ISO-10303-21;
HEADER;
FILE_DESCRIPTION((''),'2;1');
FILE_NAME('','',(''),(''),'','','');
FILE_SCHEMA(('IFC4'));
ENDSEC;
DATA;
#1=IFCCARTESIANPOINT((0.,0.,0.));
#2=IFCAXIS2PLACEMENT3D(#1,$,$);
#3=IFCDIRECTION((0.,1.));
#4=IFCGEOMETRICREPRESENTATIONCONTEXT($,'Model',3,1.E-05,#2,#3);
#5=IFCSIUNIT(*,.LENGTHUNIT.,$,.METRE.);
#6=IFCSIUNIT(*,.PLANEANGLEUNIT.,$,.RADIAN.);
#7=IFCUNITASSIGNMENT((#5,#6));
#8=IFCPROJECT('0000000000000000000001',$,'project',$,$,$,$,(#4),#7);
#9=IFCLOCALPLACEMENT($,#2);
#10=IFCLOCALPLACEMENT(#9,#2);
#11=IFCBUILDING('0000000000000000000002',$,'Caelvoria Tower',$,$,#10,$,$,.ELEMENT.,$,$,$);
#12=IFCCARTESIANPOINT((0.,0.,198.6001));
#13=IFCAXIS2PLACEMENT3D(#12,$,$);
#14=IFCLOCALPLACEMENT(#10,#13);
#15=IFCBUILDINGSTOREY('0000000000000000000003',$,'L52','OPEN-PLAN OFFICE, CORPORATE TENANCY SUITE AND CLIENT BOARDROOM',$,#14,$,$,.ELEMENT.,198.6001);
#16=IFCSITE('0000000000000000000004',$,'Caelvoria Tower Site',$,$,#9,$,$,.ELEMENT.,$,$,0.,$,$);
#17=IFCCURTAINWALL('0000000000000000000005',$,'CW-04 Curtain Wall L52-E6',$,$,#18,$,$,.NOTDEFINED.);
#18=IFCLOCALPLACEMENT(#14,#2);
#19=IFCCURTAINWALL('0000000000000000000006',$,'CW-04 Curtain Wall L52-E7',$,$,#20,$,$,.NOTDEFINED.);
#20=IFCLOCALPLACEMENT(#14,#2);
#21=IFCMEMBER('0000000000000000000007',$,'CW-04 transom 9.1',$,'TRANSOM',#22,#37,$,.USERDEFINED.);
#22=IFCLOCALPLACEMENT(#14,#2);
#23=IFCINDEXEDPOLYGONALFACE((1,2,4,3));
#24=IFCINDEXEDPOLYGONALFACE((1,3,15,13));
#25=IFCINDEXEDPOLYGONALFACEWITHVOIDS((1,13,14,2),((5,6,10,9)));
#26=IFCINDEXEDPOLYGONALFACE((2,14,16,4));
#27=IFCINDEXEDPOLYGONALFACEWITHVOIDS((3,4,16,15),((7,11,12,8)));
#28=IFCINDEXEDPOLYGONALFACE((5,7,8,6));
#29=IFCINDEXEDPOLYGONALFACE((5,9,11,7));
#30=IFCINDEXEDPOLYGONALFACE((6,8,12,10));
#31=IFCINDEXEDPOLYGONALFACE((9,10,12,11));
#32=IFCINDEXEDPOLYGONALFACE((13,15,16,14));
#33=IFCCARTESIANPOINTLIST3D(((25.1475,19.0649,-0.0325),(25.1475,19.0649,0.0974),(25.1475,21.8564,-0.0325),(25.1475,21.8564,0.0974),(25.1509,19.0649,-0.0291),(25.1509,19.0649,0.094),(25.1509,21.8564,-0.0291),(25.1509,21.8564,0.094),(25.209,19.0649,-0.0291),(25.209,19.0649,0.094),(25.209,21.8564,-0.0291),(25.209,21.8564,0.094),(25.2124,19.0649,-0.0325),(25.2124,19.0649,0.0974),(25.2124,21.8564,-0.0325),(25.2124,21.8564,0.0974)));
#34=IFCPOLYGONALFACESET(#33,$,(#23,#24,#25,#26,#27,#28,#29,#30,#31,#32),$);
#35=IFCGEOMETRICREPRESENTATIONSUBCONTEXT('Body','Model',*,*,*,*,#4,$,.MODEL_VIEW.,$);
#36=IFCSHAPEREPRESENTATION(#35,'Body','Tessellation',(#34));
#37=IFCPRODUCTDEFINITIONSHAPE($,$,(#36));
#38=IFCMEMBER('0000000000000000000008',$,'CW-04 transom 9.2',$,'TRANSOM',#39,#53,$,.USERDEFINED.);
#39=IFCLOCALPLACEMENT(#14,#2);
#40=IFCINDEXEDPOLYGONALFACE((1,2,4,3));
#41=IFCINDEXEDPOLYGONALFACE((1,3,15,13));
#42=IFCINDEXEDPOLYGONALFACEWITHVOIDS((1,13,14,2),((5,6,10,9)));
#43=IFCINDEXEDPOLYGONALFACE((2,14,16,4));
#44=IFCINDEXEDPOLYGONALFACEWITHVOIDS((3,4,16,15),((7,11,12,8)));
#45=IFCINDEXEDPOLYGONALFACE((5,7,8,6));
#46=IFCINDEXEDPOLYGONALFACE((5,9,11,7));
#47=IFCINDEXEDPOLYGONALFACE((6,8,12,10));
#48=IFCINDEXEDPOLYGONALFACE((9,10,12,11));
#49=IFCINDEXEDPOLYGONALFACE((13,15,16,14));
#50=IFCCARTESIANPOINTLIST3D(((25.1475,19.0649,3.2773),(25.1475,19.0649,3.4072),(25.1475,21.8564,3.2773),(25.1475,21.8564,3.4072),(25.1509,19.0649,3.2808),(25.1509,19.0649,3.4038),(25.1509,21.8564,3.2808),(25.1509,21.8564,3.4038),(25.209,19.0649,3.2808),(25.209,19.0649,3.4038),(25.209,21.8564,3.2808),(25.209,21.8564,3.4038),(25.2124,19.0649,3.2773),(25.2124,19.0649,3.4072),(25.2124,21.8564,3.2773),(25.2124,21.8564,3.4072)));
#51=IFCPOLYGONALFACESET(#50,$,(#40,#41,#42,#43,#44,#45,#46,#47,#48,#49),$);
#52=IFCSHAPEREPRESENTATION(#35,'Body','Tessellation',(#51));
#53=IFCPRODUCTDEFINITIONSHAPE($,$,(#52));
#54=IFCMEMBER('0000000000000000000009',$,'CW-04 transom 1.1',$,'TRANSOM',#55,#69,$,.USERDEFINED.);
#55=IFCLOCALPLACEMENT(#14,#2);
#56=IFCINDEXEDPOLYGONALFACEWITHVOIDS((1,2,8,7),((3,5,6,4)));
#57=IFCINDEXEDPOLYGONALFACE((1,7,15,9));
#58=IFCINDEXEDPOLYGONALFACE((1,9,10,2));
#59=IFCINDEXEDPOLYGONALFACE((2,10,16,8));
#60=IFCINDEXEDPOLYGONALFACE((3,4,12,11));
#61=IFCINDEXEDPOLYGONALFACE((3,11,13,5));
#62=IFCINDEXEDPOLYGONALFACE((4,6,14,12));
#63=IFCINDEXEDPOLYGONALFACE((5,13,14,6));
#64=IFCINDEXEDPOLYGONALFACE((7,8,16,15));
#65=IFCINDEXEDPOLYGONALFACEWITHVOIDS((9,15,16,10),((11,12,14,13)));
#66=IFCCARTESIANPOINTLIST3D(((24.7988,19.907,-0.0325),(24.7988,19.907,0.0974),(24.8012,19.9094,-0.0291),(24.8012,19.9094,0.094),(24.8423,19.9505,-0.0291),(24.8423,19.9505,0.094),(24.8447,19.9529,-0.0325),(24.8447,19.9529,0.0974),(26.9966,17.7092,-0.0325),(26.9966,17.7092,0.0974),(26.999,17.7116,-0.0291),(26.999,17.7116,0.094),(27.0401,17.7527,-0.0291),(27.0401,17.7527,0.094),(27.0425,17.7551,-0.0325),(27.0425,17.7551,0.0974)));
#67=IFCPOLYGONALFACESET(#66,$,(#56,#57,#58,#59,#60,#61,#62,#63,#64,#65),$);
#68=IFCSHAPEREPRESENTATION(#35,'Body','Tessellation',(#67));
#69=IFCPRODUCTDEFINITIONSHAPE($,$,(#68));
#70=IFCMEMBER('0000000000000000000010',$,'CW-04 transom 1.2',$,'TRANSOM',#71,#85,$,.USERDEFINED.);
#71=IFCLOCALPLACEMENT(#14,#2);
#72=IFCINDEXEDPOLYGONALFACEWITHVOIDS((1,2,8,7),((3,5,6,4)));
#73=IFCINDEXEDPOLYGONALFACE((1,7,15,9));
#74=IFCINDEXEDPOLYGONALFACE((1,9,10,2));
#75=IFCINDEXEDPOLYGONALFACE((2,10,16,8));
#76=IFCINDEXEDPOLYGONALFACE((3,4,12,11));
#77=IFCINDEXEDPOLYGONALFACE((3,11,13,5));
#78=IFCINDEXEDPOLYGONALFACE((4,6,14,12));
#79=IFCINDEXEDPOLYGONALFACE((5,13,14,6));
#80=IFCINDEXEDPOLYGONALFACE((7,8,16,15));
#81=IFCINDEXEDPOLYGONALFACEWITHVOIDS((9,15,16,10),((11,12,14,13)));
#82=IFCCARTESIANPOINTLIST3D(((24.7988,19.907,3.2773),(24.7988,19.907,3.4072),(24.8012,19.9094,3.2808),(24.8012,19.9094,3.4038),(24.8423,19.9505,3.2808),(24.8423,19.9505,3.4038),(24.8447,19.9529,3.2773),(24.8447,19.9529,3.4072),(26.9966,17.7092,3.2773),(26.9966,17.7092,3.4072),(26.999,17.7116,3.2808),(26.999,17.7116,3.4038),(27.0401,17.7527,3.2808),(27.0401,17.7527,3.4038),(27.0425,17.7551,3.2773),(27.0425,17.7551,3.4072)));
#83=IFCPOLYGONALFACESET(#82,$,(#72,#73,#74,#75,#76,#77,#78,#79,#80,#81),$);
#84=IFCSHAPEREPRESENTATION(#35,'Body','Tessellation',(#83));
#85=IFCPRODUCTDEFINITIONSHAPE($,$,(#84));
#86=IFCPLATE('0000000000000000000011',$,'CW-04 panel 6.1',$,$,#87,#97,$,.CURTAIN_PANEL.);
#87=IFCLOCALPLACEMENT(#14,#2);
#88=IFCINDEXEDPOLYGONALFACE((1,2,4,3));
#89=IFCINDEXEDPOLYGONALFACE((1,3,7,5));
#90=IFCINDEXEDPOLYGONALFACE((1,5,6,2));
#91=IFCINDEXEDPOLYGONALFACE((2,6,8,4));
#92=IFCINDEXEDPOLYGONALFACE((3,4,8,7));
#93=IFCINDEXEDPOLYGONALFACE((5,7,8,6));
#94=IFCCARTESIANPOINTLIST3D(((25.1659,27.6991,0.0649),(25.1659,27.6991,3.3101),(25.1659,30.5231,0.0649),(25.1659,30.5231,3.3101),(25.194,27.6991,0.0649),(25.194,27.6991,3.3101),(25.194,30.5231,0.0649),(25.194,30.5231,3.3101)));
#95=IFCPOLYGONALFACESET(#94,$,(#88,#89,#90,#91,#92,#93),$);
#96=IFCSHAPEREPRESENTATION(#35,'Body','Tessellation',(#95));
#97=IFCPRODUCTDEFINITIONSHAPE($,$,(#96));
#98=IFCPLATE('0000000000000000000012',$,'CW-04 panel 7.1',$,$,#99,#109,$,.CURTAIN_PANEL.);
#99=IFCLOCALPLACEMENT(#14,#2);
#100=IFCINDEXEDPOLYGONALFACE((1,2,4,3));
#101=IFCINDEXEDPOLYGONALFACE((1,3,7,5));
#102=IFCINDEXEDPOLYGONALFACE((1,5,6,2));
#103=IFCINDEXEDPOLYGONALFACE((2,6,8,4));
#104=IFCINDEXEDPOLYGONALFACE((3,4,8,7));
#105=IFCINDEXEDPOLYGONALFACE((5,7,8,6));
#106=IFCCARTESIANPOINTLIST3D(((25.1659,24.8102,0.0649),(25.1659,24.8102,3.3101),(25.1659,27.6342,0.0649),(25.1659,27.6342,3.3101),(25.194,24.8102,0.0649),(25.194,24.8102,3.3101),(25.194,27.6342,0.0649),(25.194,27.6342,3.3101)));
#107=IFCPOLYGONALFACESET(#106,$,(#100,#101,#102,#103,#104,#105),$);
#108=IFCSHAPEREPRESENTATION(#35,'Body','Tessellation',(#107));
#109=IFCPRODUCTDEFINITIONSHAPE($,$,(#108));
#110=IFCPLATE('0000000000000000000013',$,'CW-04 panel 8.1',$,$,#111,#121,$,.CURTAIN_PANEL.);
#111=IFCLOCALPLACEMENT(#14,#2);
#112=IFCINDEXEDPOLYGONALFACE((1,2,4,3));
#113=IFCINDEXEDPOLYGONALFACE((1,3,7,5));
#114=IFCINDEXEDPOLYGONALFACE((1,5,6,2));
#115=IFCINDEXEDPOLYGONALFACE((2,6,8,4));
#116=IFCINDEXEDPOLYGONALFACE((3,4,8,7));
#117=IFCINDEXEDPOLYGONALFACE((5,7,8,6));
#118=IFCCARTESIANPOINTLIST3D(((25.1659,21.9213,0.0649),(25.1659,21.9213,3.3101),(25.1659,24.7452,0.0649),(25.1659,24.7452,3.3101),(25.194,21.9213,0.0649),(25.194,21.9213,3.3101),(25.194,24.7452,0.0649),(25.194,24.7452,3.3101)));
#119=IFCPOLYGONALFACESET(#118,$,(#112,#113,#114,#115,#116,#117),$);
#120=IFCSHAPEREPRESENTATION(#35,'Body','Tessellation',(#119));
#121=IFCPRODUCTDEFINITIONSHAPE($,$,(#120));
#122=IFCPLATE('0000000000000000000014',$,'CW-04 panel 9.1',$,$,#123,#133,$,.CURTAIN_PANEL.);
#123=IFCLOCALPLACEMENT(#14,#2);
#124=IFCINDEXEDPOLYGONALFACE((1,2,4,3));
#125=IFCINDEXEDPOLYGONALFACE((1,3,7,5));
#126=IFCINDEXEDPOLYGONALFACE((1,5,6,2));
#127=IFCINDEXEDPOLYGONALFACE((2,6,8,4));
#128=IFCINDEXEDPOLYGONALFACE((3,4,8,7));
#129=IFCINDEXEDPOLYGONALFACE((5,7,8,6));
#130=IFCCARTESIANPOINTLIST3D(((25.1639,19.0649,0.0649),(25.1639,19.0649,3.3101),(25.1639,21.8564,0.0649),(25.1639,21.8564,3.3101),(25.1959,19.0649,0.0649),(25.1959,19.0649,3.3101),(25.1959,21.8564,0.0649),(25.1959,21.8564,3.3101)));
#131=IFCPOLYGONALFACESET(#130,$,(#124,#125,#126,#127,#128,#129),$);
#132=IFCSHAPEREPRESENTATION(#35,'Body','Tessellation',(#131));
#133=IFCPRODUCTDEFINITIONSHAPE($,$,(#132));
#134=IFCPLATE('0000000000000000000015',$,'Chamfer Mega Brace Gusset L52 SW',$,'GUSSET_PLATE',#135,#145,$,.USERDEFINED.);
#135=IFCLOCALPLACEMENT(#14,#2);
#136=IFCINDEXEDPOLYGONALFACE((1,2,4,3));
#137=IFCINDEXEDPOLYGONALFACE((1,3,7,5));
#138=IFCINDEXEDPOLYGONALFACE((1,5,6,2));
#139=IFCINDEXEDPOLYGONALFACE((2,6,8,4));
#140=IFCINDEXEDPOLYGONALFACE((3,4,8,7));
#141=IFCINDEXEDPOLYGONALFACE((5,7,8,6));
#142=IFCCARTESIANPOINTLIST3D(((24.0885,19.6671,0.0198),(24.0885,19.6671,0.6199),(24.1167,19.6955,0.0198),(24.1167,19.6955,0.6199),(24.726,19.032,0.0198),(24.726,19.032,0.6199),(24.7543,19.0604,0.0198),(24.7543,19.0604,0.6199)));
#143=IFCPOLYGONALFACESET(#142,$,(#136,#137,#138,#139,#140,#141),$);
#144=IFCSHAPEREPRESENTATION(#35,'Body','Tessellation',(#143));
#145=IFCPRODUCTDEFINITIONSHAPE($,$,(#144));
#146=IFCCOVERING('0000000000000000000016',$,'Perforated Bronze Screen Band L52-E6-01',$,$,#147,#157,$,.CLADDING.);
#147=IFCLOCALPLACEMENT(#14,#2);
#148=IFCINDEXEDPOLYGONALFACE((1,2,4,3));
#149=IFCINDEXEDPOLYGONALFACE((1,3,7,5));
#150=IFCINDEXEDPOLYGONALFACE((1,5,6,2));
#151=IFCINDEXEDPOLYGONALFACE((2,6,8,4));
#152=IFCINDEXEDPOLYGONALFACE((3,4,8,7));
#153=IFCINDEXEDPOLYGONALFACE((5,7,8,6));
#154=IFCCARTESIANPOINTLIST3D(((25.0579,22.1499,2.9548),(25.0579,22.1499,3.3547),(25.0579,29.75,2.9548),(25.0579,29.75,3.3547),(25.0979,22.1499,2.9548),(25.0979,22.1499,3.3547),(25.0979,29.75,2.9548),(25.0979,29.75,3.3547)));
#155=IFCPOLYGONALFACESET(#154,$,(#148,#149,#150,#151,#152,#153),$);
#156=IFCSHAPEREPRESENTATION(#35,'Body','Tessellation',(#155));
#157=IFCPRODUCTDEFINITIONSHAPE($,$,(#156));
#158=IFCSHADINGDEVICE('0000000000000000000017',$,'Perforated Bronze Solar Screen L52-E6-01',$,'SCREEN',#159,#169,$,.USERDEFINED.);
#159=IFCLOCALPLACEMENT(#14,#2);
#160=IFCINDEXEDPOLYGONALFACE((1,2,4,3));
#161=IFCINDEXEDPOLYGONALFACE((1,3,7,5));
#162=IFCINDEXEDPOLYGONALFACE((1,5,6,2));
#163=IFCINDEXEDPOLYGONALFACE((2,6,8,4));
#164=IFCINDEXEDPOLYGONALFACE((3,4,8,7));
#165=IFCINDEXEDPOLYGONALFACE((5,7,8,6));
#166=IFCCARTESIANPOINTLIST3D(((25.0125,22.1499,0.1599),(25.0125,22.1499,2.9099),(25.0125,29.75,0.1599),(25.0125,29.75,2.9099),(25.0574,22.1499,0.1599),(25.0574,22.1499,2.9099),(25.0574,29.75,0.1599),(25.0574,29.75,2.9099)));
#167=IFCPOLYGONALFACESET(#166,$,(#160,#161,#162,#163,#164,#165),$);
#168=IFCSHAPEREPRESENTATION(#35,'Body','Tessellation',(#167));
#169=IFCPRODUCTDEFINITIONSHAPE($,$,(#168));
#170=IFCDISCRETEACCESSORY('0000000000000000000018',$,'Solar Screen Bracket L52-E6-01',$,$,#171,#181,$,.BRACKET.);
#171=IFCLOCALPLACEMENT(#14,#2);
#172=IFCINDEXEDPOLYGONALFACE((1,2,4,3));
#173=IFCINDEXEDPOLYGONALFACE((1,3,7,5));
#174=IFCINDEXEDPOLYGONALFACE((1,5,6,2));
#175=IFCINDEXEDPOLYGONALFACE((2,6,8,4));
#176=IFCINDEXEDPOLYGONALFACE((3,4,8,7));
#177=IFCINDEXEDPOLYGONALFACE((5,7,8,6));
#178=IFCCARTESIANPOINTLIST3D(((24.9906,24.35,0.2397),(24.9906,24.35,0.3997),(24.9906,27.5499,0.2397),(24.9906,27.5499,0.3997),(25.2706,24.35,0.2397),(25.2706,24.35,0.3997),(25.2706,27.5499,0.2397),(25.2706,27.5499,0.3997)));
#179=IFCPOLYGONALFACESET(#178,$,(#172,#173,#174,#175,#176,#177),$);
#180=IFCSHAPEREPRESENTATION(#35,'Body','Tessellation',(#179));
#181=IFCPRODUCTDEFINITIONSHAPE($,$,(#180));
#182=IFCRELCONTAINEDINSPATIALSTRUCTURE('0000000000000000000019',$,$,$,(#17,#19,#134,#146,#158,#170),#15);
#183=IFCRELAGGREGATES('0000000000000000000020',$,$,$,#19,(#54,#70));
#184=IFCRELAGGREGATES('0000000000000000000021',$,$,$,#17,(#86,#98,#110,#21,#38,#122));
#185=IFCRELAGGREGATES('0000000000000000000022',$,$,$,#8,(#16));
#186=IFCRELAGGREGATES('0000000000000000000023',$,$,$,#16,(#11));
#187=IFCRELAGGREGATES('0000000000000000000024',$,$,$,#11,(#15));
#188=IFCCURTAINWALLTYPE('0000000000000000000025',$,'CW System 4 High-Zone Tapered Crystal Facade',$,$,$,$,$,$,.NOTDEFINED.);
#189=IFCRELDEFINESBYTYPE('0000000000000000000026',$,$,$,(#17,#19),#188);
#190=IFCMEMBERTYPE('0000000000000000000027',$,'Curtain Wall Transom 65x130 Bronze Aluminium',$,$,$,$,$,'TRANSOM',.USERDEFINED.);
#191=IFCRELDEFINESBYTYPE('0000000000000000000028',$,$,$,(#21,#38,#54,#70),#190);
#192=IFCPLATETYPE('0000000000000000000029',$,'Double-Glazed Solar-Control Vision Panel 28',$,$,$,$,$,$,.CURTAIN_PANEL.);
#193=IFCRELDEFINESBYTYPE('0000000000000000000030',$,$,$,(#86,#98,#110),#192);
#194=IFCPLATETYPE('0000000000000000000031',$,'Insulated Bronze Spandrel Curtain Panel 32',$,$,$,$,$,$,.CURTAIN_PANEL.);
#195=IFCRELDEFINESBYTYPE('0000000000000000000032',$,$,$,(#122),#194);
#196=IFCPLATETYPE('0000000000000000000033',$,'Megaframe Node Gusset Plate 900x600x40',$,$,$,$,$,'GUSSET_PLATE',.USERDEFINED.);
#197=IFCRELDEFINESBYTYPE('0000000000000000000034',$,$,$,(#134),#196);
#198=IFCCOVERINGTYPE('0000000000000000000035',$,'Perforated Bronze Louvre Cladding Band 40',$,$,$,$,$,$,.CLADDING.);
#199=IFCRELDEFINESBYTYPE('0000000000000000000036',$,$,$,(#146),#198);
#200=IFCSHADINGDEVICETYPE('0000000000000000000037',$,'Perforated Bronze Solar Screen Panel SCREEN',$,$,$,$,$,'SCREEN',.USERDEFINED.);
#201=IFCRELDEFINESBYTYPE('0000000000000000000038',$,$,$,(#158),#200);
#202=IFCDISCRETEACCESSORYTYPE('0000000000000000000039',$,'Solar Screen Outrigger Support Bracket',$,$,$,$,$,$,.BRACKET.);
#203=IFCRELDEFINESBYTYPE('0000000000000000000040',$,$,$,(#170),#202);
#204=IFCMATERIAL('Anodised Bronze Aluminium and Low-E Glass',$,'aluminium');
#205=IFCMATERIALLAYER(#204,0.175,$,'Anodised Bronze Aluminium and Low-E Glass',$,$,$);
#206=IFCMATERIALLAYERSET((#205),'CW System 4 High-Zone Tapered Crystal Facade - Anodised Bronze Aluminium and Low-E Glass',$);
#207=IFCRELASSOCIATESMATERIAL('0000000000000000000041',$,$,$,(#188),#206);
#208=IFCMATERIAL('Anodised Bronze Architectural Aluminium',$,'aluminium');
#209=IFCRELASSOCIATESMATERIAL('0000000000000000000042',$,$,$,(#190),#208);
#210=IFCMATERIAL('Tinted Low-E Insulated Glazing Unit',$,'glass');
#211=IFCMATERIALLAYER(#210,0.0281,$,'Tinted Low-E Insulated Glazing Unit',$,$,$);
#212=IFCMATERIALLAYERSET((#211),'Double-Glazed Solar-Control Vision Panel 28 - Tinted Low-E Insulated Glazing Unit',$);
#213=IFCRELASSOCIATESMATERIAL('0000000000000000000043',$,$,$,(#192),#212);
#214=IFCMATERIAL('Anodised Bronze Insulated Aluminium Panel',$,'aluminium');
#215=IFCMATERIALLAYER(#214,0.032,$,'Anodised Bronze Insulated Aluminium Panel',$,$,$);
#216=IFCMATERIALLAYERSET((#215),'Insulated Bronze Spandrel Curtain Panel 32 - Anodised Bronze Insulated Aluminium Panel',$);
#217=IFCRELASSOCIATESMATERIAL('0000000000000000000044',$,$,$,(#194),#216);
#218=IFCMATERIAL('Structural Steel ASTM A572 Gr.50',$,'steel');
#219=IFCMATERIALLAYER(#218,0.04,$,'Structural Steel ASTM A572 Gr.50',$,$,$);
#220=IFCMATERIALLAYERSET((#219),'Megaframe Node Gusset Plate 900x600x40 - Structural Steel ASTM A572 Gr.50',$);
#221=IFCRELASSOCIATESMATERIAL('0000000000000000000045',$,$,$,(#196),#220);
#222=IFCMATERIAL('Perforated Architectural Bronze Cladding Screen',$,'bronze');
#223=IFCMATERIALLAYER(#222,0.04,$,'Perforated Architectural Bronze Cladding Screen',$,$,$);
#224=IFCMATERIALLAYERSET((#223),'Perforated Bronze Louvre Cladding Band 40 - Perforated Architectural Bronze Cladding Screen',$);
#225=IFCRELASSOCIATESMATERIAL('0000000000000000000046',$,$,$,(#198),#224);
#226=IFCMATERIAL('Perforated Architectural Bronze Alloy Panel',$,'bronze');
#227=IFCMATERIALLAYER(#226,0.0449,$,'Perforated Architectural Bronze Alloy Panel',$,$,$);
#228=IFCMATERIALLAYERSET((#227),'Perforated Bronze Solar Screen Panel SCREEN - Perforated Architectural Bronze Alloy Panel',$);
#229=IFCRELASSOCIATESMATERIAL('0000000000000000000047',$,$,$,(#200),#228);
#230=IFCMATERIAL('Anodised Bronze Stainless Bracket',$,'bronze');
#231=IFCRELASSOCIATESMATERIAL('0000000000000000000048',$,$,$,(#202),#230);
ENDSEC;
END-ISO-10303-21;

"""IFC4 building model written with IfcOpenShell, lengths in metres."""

from ifc_helpers import new_model, si_unit, direction, frame, origin, origin_2d, place, context, subcontext, project, spatial, rectangle, hollow_rectangle, extrude, material, layer, layer_set, material_profile, profile_set, type_object, element, aggregate, save


model = new_model("IFC4")

# Units and contexts
model_context = context("Model", 3, precision=1e-05, world=origin(), true_north=direction((0.0, 1.0)))
body_context = subcontext(model_context, "Body", "Model", "MODEL_VIEW")
ifc_project = project(units=[si_unit("LENGTHUNIT", "METRE"), si_unit("PLANEANGLEUNIT", "RADIAN")], contexts=[model_context])

# Site, building, storey
site_placement = place(None, origin())
site = spatial("IfcSite", under=ifc_project, at=site_placement, Name="Caelvoria Tower Site", CompositionType="ELEMENT", RefElevation=0.0)
building_placement = place(site_placement, origin())
building = spatial("IfcBuilding", under=site, at=building_placement, Name="Caelvoria Tower", CompositionType="ELEMENT")
storey_placement = place(building_placement, frame((0.0, 0.0, 198.6001)))
storey = spatial("IfcBuildingStorey", under=building, at=storey_placement, Name="L52", Description="OPEN-PLAN OFFICE, CORPORATE TENANCY SUITE AND CLIENT BOARDROOM", CompositionType="ELEMENT", Elevation=198.6001)

# Curtain wall
ifc_material_1 = material(Name="Anodised Bronze Aluminium and Low-E Glass", Category="aluminium")
ifc_layer_1 = layer(ifc_material_1, 0.175, Name="Anodised Bronze Aluminium and Low-E Glass")
ifc_layer_set_1 = layer_set([ifc_layer_1], Name="CW System 4 High-Zone Tapered Crystal Facade - Anodised Bronze Aluminium and Low-E Glass")
curtain_wall_type = type_object("IfcCurtainWallType", Name="CW System 4 High-Zone Tapered Crystal Facade", PredefinedType="NOTDEFINED", material=ifc_layer_set_1)
curtain_wall_1_placement = place(storey_placement, origin())
curtain_wall_1 = element("IfcCurtainWall", 1, at=curtain_wall_1_placement, inside=storey, type_object=curtain_wall_type, Name="CW-04 Curtain Wall L52-E6", PredefinedType="NOTDEFINED")
ifc_material_2 = material(Name="Anodised Bronze Architectural Aluminium", Category="aluminium")

# Curtain wall
curtain_wall_2_placement = place(storey_placement, origin())
curtain_wall_2 = element("IfcCurtainWall", 2, at=curtain_wall_2_placement, inside=storey, type_object=curtain_wall_type, Name="CW-04 Curtain Wall L52-E7", PredefinedType="NOTDEFINED")

# Members
ifc_material_profile_1 = material_profile(ifc_material_2, hollow_rectangle(XDim=0.0649, YDim=0.1299, WallThickness=0.0034, at=origin_2d()), Name="Anodised Bronze Architectural Aluminium")
ifc_profile_set_1 = profile_set([ifc_material_profile_1], Name="CW_TRAN_65X130 - Anodised Bronze Architectural Aluminium")
member_type_1 = type_object("IfcMemberType", Name="Curtain Wall Transom 65x130 Bronze Aluminium", ElementType="TRANSOM", PredefinedType="USERDEFINED", material=ifc_profile_set_1)
member_1_placement = place(storey_placement, frame((25.1799, 21.8564, 0.0325), z_axis=(0.0, -1.0, 0.0), x_axis=(1.0, 0.0, 0.0)))
member_1 = element("IfcMember", 3, at=member_1_placement, type_object=member_type_1, Name="CW-04 transom 9.1", ObjectType="TRANSOM", PredefinedType="USERDEFINED", context=body_context, shape_type="SweptSolid", body=[
    extrude(hollow_rectangle(XDim=0.0649, YDim=0.1299, WallThickness=0.0034, at=origin_2d()), origin(), (0.0, 0.0, 1.0), 2.7915),
])
member_2_placement = place(storey_placement, frame((25.1799, 21.8564, 3.3423), z_axis=(0.0, -1.0, 0.0), x_axis=(1.0, 0.0, 0.0)))
member_2 = element("IfcMember", 4, at=member_2_placement, type_object=member_type_1, Name="CW-04 transom 9.2", ObjectType="TRANSOM", PredefinedType="USERDEFINED", context=body_context, shape_type="SweptSolid", body=[
    extrude(hollow_rectangle(XDim=0.0649, YDim=0.1299, WallThickness=0.0034, at=origin_2d()), origin(), (0.0, 0.0, 1.0), 2.7915),
])
member_3_placement = place(storey_placement, frame((24.8218, 19.9299, 0.0325), z_axis=(0.707107, -0.707107, 0.0), x_axis=(0.707107, 0.707107, 0.0)))
member_3 = element("IfcMember", 5, at=member_3_placement, type_object=member_type_1, Name="CW-04 transom 1.1", ObjectType="TRANSOM", PredefinedType="USERDEFINED", context=body_context, shape_type="SweptSolid", body=[
    extrude(hollow_rectangle(XDim=0.0649, YDim=0.1299, WallThickness=0.0034, at=origin_2d()), origin(), (0.0, 0.0, 1.0), 3.1082),
])
member_4_placement = place(storey_placement, frame((24.8218, 19.9299, 3.3423), z_axis=(0.707107, -0.707107, 0.0), x_axis=(0.707107, 0.707107, 0.0)))
member_4 = element("IfcMember", 6, at=member_4_placement, type_object=member_type_1, Name="CW-04 transom 1.2", ObjectType="TRANSOM", PredefinedType="USERDEFINED", context=body_context, shape_type="SweptSolid", body=[
    extrude(hollow_rectangle(XDim=0.0649, YDim=0.1299, WallThickness=0.0034, at=origin_2d()), origin(), (0.0, 0.0, 1.0), 3.1082),
])
aggregate(curtain_wall_2, [member_3, member_4])

# Plates
ifc_material_3 = material(Name="Tinted Low-E Insulated Glazing Unit", Category="glass")
ifc_layer_2 = layer(ifc_material_3, 0.0281, Name="Tinted Low-E Insulated Glazing Unit")
ifc_layer_set_2 = layer_set([ifc_layer_2], Name="Double-Glazed Solar-Control Vision Panel 28 - Tinted Low-E Insulated Glazing Unit")
plate_type_1 = type_object("IfcPlateType", Name="Double-Glazed Solar-Control Vision Panel 28", PredefinedType="CURTAIN_PANEL", material=ifc_layer_set_2)
plate_1_placement = place(storey_placement, frame((25.1799, 29.1111, 0.0649), z_axis=(0.0, 0.0, 1.0), x_axis=(0.0, -1.0, 0.0)))
plate_1 = element("IfcPlate", 7, at=plate_1_placement, type_object=plate_type_1, Name="CW-04 panel 6.1", PredefinedType="CURTAIN_PANEL", context=body_context, shape_type="SweptSolid", body=[
    extrude(rectangle(XDim=2.824, YDim=0.0281, at=origin_2d()), origin(), (0.0, 0.0, 1.0), 3.2451),
])
plate_2_placement = place(storey_placement, frame((25.1799, 26.2222, 0.0649), z_axis=(0.0, 0.0, 1.0), x_axis=(0.0, -1.0, 0.0)))
plate_2 = element("IfcPlate", 8, at=plate_2_placement, type_object=plate_type_1, Name="CW-04 panel 7.1", PredefinedType="CURTAIN_PANEL", context=body_context, shape_type="SweptSolid", body=[
    extrude(rectangle(XDim=2.824, YDim=0.0281, at=origin_2d()), origin(), (0.0, 0.0, 1.0), 3.2451),
])
plate_3_placement = place(storey_placement, frame((25.1799, 23.3333, 0.0649), z_axis=(0.0, 0.0, 1.0), x_axis=(0.0, -1.0, 0.0)))
plate_3 = element("IfcPlate", 9, at=plate_3_placement, type_object=plate_type_1, Name="CW-04 panel 8.1", PredefinedType="CURTAIN_PANEL", context=body_context, shape_type="SweptSolid", body=[
    extrude(rectangle(XDim=2.824, YDim=0.0281, at=origin_2d()), origin(), (0.0, 0.0, 1.0), 3.2451),
])
ifc_material_4 = material(Name="Anodised Bronze Insulated Aluminium Panel", Category="aluminium")
ifc_layer_3 = layer(ifc_material_4, 0.032, Name="Anodised Bronze Insulated Aluminium Panel")
ifc_layer_set_3 = layer_set([ifc_layer_3], Name="Insulated Bronze Spandrel Curtain Panel 32 - Anodised Bronze Insulated Aluminium Panel")
plate_type_2 = type_object("IfcPlateType", Name="Insulated Bronze Spandrel Curtain Panel 32", PredefinedType="CURTAIN_PANEL", material=ifc_layer_set_3)
plate_4_placement = place(storey_placement, frame((25.1799, 20.4607, 0.0649), z_axis=(0.0, 0.0, 1.0), x_axis=(0.0, -1.0, 0.0)))
plate_4 = element("IfcPlate", 10, at=plate_4_placement, type_object=plate_type_2, Name="CW-04 panel 9.1", PredefinedType="CURTAIN_PANEL", context=body_context, shape_type="SweptSolid", body=[
    extrude(rectangle(XDim=2.7915, YDim=0.032, at=origin_2d()), origin(), (0.0, 0.0, 1.0), 3.2451),
])
aggregate(curtain_wall_1, [plate_1, plate_2, plate_3, member_1, member_2, plate_4])
ifc_material_5 = material(Name="Structural Steel ASTM A572 Gr.50", Category="steel")
ifc_layer_4 = layer(ifc_material_5, 0.04, Name="Structural Steel ASTM A572 Gr.50")
ifc_layer_set_4 = layer_set([ifc_layer_4], Name="Megaframe Node Gusset Plate 900x600x40 - Structural Steel ASTM A572 Gr.50")
plate_type_3 = type_object("IfcPlateType", Name="Megaframe Node Gusset Plate 900x600x40", ElementType="GUSSET_PLATE", PredefinedType="USERDEFINED", material=ifc_layer_set_4)
plate_5_placement = place(storey_placement, frame((24.4214, 19.3638, 0.0198), z_axis=(0.0, 0.0, 1.0), x_axis=(0.708453, -0.705758, 0.0)))
element("IfcPlate", 11, at=plate_5_placement, inside=storey, type_object=plate_type_3, Name="Chamfer Mega Brace Gusset L52 SW", ObjectType="GUSSET_PLATE", PredefinedType="USERDEFINED", context=body_context, shape_type="SweptSolid", body=[
    extrude(rectangle(XDim=0.8999, YDim=0.04, at=origin_2d()), origin(), (0.0, 0.0, 1.0), 0.6001),
])

# Covering
ifc_material_6 = material(Name="Perforated Architectural Bronze Cladding Screen", Category="bronze")
ifc_layer_5 = layer(ifc_material_6, 0.04, Name="Perforated Architectural Bronze Cladding Screen")
ifc_layer_set_5 = layer_set([ifc_layer_5], Name="Perforated Bronze Louvre Cladding Band 40 - Perforated Architectural Bronze Cladding Screen")
covering_type = type_object("IfcCoveringType", Name="Perforated Bronze Louvre Cladding Band 40", PredefinedType="CLADDING", material=ifc_layer_set_5)
covering_placement = place(storey_placement, frame((25.0779, 25.95, 2.9548), z_axis=(0.0, 0.0, 1.0), x_axis=(0.0, -1.0, 0.0)))
element("IfcCovering", 12, at=covering_placement, inside=storey, type_object=covering_type, Name="Perforated Bronze Screen Band L52-E6-01", PredefinedType="CLADDING", context=body_context, shape_type="SweptSolid", body=[
    extrude(rectangle(XDim=7.6001, YDim=0.04, at=origin_2d()), origin(), (0.0, 0.0, 1.0), 0.3999),
])

# Shading device
ifc_material_7 = material(Name="Perforated Architectural Bronze Alloy Panel", Category="bronze")
ifc_layer_6 = layer(ifc_material_7, 0.0449, Name="Perforated Architectural Bronze Alloy Panel")
ifc_layer_set_6 = layer_set([ifc_layer_6], Name="Perforated Bronze Solar Screen Panel SCREEN - Perforated Architectural Bronze Alloy Panel")
shading_device_type = type_object("IfcShadingDeviceType", Name="Perforated Bronze Solar Screen Panel SCREEN", ElementType="SCREEN", PredefinedType="USERDEFINED", material=ifc_layer_set_6)
shading_device_placement = place(storey_placement, frame((25.0349, 25.95, 0.1599), z_axis=(0.0, 0.0, 1.0), x_axis=(0.0, -1.0, 0.0)))
element("IfcShadingDevice", 13, at=shading_device_placement, inside=storey, type_object=shading_device_type, Name="Perforated Bronze Solar Screen L52-E6-01", ObjectType="SCREEN", PredefinedType="USERDEFINED", context=body_context, shape_type="SweptSolid", body=[
    extrude(rectangle(XDim=7.6001, YDim=0.0449, at=origin_2d()), origin(), (0.0, 0.0, 1.0), 2.75),
])

# Discrete accessory
ifc_material_8 = material(Name="Anodised Bronze Stainless Bracket", Category="bronze")
discrete_accessory_type = type_object("IfcDiscreteAccessoryType", Name="Solar Screen Outrigger Support Bracket", PredefinedType="BRACKET", material=ifc_material_8)
for number, where, z_axis, x_axis, name in (
    (14, (25.1306, 25.95, 0.2397), (0.0, 0.0, 1.0), (0.0, -1.0, 0.0), "Solar Screen Bracket L52-E6-01"),
):
    element("IfcDiscreteAccessory", number, at=place(storey_placement, frame(where, z_axis=z_axis, x_axis=x_axis)), inside=storey, type_object=discrete_accessory_type, Name=name, PredefinedType="BRACKET", context=body_context, shape_type="SweptSolid", body=[
        extrude(rectangle(XDim=3.2, YDim=0.28, at=origin_2d()), origin(), (0.0, 0.0, 1.0), 0.1599),
    ])

save(model, "model.ifc")
